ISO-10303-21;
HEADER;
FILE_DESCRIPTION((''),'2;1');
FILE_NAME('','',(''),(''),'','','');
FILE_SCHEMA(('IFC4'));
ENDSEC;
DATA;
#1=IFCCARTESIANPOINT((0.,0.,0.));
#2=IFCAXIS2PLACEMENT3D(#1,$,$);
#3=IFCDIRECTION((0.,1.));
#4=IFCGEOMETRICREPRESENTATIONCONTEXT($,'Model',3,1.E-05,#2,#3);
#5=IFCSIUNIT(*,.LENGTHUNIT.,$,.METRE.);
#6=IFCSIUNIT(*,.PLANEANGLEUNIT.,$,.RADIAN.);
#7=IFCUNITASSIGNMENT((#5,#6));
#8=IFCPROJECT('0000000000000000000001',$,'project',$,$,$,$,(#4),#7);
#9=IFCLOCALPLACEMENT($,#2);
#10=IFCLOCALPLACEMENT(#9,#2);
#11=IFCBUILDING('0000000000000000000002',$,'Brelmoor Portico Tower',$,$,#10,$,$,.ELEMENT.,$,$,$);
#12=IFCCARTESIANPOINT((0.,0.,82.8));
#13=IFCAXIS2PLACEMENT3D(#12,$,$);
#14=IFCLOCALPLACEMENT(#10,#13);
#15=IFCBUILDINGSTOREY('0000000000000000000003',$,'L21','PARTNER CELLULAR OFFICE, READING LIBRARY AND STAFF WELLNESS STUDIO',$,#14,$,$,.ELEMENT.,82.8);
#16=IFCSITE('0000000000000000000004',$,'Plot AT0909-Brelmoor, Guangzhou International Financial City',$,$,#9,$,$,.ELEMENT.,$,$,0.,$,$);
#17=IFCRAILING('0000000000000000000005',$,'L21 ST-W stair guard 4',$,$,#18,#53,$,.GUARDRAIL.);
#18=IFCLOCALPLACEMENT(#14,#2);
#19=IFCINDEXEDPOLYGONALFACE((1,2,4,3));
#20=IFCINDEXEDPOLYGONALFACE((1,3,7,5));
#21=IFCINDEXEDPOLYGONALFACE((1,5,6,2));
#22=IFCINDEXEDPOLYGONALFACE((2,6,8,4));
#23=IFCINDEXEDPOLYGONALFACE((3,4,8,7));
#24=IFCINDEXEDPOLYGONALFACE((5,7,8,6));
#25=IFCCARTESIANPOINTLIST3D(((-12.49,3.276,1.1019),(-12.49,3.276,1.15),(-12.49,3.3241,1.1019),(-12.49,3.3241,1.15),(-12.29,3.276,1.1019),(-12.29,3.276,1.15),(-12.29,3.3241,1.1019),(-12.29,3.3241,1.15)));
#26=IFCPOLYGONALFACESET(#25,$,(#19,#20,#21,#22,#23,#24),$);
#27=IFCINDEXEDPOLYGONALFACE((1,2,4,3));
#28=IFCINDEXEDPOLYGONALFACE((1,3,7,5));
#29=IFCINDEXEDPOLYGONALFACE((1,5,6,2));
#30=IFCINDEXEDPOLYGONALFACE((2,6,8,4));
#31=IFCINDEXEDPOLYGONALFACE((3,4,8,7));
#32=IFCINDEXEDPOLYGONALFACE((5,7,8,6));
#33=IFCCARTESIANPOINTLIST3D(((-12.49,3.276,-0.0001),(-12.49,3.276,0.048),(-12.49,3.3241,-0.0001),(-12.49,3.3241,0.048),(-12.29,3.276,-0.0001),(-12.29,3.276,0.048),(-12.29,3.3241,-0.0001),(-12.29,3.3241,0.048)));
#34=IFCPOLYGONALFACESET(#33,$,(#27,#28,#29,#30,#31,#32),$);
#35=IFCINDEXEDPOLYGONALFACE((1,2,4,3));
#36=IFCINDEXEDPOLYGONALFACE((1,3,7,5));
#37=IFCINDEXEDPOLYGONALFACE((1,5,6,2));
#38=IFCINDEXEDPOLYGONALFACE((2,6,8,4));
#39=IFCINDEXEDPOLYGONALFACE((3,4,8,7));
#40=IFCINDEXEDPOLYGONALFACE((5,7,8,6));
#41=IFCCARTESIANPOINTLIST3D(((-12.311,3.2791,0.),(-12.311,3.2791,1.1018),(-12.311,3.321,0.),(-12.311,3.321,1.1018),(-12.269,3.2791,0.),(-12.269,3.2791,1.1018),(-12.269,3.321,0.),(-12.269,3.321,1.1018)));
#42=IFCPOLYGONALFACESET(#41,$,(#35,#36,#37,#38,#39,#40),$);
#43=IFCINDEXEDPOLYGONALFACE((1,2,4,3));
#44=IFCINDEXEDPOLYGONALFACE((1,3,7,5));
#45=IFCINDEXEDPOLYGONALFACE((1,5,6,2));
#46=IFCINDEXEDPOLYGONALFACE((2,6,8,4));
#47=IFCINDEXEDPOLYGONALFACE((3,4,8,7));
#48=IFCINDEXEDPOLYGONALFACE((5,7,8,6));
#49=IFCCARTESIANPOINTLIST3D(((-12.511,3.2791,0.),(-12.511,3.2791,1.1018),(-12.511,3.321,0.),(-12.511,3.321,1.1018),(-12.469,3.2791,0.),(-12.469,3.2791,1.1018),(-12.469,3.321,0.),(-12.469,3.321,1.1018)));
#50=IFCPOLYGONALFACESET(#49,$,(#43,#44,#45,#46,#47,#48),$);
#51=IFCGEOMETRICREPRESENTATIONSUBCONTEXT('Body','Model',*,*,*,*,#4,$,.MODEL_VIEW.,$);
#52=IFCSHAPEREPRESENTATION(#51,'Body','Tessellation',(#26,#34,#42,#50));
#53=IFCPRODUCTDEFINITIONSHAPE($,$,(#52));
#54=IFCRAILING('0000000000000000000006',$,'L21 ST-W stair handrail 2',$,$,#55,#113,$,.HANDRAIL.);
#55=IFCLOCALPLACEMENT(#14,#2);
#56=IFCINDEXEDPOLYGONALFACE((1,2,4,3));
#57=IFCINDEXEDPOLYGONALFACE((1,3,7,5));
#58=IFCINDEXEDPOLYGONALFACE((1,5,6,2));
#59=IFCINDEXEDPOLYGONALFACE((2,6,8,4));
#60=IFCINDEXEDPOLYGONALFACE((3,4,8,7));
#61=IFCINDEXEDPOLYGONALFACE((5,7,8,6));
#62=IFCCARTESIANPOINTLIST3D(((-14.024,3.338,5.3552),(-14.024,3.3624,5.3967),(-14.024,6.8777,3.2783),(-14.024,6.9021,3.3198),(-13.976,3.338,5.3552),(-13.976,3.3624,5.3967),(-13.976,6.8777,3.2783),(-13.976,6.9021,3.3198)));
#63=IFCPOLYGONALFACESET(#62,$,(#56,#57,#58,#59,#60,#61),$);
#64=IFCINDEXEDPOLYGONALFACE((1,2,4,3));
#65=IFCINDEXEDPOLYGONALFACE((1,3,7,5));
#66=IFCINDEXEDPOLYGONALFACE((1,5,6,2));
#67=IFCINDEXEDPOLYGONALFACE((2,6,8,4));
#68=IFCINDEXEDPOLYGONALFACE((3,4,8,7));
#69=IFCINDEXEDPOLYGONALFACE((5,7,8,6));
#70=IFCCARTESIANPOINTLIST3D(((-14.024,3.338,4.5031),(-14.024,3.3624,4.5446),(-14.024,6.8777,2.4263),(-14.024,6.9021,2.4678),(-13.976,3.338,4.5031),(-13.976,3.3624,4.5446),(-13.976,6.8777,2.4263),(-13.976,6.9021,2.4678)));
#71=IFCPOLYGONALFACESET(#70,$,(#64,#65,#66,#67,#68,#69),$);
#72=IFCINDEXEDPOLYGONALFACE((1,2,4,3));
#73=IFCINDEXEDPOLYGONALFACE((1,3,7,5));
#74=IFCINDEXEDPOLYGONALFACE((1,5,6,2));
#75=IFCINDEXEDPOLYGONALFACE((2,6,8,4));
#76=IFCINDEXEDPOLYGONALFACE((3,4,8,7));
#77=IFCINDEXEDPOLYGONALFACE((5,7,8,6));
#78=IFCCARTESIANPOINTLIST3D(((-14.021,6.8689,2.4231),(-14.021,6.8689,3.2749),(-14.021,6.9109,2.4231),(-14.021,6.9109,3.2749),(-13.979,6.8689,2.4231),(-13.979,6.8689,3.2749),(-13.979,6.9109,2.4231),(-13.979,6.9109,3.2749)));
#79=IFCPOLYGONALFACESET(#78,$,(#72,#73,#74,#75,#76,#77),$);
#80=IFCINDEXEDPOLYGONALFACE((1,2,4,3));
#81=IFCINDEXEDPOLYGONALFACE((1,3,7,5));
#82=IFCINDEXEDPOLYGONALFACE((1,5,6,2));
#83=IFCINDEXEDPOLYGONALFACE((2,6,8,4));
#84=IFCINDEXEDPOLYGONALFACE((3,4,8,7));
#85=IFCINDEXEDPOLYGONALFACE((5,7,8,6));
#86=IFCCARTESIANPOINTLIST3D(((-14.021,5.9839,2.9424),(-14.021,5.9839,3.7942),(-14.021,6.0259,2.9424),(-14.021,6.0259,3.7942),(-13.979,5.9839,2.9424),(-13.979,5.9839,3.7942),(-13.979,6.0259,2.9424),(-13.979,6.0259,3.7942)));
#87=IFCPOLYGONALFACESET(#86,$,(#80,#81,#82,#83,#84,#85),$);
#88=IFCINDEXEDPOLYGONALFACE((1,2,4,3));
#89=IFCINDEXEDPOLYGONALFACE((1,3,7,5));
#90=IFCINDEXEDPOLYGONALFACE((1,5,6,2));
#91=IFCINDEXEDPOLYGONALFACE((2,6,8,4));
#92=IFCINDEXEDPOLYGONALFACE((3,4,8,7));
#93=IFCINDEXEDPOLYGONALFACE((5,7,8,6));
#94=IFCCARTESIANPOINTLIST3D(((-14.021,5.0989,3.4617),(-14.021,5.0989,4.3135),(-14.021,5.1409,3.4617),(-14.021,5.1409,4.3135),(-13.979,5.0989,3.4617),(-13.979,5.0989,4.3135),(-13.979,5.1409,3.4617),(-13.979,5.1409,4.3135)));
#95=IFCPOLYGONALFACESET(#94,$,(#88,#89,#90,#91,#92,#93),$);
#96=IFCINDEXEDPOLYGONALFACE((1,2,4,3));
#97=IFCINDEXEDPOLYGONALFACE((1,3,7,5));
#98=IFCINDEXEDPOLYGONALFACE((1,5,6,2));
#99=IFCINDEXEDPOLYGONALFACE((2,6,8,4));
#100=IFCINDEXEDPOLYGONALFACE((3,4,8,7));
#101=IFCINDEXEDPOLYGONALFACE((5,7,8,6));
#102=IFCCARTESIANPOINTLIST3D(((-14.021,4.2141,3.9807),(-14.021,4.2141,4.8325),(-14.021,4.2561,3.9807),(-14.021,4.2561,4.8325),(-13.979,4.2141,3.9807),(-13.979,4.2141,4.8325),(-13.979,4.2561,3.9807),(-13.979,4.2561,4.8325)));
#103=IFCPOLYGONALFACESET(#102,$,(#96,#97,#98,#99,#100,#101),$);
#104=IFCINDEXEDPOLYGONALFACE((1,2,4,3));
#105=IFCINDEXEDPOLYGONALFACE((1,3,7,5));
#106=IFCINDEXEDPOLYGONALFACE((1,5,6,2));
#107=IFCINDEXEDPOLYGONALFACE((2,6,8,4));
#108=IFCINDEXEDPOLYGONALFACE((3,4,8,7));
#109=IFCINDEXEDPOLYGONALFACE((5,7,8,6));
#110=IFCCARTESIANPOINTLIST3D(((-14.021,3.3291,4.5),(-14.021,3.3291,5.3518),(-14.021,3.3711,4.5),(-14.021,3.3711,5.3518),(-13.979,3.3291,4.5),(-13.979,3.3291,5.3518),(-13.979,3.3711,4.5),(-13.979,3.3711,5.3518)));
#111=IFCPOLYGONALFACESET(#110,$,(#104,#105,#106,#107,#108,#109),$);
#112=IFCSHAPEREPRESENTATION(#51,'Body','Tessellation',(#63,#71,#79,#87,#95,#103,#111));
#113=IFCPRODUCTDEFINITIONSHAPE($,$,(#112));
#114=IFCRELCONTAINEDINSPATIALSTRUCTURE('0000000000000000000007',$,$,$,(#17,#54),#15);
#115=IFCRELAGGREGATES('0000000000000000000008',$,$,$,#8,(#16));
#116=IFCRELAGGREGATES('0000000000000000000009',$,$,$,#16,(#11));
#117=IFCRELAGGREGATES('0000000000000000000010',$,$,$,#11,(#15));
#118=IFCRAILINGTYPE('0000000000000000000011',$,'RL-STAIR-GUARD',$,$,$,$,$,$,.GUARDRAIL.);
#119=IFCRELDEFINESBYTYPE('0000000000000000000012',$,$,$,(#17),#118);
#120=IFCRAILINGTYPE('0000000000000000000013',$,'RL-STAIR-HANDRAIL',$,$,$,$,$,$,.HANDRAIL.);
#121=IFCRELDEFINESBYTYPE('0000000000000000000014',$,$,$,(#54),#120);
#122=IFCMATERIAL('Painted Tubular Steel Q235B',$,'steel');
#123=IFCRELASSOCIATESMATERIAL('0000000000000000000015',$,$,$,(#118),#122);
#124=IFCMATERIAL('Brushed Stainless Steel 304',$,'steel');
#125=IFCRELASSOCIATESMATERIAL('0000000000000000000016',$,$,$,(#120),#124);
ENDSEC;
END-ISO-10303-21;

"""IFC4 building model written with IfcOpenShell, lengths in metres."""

from ifc_helpers import new_model, si_unit, direction, frame, origin, origin_2d, place, context, subcontext, project, spatial, rectangle, extrude, material, type_object, element, save


model = new_model("IFC4")

# Units and contexts
model_context = context("Model", 3, precision=1e-05, world=origin(), true_north=direction((0.0, 1.0)))
body_context = subcontext(model_context, "Body", "Model", "MODEL_VIEW")
ifc_project = project(units=[si_unit("LENGTHUNIT", "METRE"), si_unit("PLANEANGLEUNIT", "RADIAN")], contexts=[model_context])

# Site, building, storey
site_placement = place(None, origin())
site = spatial("IfcSite", under=ifc_project, at=site_placement, Name="Plot AT0909-Brelmoor, Guangzhou International Financial City", CompositionType="ELEMENT", RefElevation=0.0)
building_placement = place(site_placement, origin())
building = spatial("IfcBuilding", under=site, at=building_placement, Name="Brelmoor Portico Tower", CompositionType="ELEMENT")
storey_placement = place(building_placement, frame((0.0, 0.0, 82.8)))
storey = spatial("IfcBuildingStorey", under=building, at=storey_placement, Name="L21", Description="PARTNER CELLULAR OFFICE, READING LIBRARY AND STAFF WELLNESS STUDIO", CompositionType="ELEMENT", Elevation=82.8)

# Railings
ifc_material_1 = material(Name="Painted Tubular Steel Q235B", Category="steel")
railing_type_1 = type_object("IfcRailingType", Name="RL-STAIR-GUARD", PredefinedType="GUARDRAIL", material=ifc_material_1)
railing_1_placement = place(storey_placement, frame((-12.29, 3.3, 0.0)))
element("IfcRailing", 1, at=railing_1_placement, inside=storey, type_object=railing_type_1, Name="L21 ST-W stair guard 4", PredefinedType="GUARDRAIL", context=body_context, shape_type="SweptSolid", body=[
    extrude(rectangle(XDim=0.0481, YDim=0.0481, at=origin_2d()), frame((0.0, 0.0, 1.126), z_axis=(-1.0, 0.0, 0.0), x_axis=(0.0, -1.0, 0.0)), (0.0, 0.0, 1.0), 0.2),
    extrude(rectangle(XDim=0.0481, YDim=0.0481, at=origin_2d()), frame((0.0, 0.0, 0.0239), z_axis=(-1.0, 0.0, 0.0), x_axis=(0.0, -1.0, 0.0)), (0.0, 0.0, 1.0), 0.2),
    extrude(rectangle(XDim=0.042, YDim=0.042, at=origin_2d()), origin(), (0.0, 0.0, 1.0), 1.1018),
    extrude(rectangle(XDim=0.042, YDim=0.042, at=origin_2d()), frame((-0.2, 0.0, 0.0)), (0.0, 0.0, 1.0), 1.1018),
])
ifc_material_2 = material(Name="Brushed Stainless Steel 304", Category="steel")
railing_type_2 = type_object("IfcRailingType", Name="RL-STAIR-HANDRAIL", PredefinedType="HANDRAIL", material=ifc_material_2)
railing_2_placement = place(storey_placement, frame((-14.0, 6.8899, 2.4231)))
element("IfcRailing", 2, at=railing_2_placement, inside=storey, type_object=railing_type_2, Name="L21 ST-W stair handrail 2", PredefinedType="HANDRAIL", context=body_context, shape_type="SweptSolid", body=[
    extrude(rectangle(XDim=0.0481, YDim=0.0481, at=origin_2d()), frame((0.0, 0.0, 0.876), z_axis=(0.0, -0.862501, 0.506055), x_axis=(1.0, 0.0, 0.0)), (0.0, 0.0, 1.0), 4.104),
    extrude(rectangle(XDim=0.0481, YDim=0.0481, at=origin_2d()), frame((0.0, 0.0, 0.0239), z_axis=(0.0, -0.862501, 0.506055), x_axis=(1.0, 0.0, 0.0)), (0.0, 0.0, 1.0), 4.104),
    extrude(rectangle(XDim=0.042, YDim=0.042, at=origin_2d()), origin(), (0.0, 0.0, 1.0), 0.8518),
    extrude(rectangle(XDim=0.042, YDim=0.042, at=origin_2d()), frame((0.0, -0.885, 0.5193)), (0.0, 0.0, 1.0), 0.8518),
    extrude(rectangle(XDim=0.042, YDim=0.042, at=origin_2d()), frame((0.0, -1.77, 1.0386)), (0.0, 0.0, 1.0), 0.8518),
    extrude(rectangle(XDim=0.042, YDim=0.042, at=origin_2d()), frame((0.0, -2.6548, 1.5576)), (0.0, 0.0, 1.0), 0.8518),
    extrude(rectangle(XDim=0.042, YDim=0.042, at=origin_2d()), frame((0.0, -3.5398, 2.0769)), (0.0, 0.0, 1.0), 0.8518),
])

save(model, "model.ifc")
